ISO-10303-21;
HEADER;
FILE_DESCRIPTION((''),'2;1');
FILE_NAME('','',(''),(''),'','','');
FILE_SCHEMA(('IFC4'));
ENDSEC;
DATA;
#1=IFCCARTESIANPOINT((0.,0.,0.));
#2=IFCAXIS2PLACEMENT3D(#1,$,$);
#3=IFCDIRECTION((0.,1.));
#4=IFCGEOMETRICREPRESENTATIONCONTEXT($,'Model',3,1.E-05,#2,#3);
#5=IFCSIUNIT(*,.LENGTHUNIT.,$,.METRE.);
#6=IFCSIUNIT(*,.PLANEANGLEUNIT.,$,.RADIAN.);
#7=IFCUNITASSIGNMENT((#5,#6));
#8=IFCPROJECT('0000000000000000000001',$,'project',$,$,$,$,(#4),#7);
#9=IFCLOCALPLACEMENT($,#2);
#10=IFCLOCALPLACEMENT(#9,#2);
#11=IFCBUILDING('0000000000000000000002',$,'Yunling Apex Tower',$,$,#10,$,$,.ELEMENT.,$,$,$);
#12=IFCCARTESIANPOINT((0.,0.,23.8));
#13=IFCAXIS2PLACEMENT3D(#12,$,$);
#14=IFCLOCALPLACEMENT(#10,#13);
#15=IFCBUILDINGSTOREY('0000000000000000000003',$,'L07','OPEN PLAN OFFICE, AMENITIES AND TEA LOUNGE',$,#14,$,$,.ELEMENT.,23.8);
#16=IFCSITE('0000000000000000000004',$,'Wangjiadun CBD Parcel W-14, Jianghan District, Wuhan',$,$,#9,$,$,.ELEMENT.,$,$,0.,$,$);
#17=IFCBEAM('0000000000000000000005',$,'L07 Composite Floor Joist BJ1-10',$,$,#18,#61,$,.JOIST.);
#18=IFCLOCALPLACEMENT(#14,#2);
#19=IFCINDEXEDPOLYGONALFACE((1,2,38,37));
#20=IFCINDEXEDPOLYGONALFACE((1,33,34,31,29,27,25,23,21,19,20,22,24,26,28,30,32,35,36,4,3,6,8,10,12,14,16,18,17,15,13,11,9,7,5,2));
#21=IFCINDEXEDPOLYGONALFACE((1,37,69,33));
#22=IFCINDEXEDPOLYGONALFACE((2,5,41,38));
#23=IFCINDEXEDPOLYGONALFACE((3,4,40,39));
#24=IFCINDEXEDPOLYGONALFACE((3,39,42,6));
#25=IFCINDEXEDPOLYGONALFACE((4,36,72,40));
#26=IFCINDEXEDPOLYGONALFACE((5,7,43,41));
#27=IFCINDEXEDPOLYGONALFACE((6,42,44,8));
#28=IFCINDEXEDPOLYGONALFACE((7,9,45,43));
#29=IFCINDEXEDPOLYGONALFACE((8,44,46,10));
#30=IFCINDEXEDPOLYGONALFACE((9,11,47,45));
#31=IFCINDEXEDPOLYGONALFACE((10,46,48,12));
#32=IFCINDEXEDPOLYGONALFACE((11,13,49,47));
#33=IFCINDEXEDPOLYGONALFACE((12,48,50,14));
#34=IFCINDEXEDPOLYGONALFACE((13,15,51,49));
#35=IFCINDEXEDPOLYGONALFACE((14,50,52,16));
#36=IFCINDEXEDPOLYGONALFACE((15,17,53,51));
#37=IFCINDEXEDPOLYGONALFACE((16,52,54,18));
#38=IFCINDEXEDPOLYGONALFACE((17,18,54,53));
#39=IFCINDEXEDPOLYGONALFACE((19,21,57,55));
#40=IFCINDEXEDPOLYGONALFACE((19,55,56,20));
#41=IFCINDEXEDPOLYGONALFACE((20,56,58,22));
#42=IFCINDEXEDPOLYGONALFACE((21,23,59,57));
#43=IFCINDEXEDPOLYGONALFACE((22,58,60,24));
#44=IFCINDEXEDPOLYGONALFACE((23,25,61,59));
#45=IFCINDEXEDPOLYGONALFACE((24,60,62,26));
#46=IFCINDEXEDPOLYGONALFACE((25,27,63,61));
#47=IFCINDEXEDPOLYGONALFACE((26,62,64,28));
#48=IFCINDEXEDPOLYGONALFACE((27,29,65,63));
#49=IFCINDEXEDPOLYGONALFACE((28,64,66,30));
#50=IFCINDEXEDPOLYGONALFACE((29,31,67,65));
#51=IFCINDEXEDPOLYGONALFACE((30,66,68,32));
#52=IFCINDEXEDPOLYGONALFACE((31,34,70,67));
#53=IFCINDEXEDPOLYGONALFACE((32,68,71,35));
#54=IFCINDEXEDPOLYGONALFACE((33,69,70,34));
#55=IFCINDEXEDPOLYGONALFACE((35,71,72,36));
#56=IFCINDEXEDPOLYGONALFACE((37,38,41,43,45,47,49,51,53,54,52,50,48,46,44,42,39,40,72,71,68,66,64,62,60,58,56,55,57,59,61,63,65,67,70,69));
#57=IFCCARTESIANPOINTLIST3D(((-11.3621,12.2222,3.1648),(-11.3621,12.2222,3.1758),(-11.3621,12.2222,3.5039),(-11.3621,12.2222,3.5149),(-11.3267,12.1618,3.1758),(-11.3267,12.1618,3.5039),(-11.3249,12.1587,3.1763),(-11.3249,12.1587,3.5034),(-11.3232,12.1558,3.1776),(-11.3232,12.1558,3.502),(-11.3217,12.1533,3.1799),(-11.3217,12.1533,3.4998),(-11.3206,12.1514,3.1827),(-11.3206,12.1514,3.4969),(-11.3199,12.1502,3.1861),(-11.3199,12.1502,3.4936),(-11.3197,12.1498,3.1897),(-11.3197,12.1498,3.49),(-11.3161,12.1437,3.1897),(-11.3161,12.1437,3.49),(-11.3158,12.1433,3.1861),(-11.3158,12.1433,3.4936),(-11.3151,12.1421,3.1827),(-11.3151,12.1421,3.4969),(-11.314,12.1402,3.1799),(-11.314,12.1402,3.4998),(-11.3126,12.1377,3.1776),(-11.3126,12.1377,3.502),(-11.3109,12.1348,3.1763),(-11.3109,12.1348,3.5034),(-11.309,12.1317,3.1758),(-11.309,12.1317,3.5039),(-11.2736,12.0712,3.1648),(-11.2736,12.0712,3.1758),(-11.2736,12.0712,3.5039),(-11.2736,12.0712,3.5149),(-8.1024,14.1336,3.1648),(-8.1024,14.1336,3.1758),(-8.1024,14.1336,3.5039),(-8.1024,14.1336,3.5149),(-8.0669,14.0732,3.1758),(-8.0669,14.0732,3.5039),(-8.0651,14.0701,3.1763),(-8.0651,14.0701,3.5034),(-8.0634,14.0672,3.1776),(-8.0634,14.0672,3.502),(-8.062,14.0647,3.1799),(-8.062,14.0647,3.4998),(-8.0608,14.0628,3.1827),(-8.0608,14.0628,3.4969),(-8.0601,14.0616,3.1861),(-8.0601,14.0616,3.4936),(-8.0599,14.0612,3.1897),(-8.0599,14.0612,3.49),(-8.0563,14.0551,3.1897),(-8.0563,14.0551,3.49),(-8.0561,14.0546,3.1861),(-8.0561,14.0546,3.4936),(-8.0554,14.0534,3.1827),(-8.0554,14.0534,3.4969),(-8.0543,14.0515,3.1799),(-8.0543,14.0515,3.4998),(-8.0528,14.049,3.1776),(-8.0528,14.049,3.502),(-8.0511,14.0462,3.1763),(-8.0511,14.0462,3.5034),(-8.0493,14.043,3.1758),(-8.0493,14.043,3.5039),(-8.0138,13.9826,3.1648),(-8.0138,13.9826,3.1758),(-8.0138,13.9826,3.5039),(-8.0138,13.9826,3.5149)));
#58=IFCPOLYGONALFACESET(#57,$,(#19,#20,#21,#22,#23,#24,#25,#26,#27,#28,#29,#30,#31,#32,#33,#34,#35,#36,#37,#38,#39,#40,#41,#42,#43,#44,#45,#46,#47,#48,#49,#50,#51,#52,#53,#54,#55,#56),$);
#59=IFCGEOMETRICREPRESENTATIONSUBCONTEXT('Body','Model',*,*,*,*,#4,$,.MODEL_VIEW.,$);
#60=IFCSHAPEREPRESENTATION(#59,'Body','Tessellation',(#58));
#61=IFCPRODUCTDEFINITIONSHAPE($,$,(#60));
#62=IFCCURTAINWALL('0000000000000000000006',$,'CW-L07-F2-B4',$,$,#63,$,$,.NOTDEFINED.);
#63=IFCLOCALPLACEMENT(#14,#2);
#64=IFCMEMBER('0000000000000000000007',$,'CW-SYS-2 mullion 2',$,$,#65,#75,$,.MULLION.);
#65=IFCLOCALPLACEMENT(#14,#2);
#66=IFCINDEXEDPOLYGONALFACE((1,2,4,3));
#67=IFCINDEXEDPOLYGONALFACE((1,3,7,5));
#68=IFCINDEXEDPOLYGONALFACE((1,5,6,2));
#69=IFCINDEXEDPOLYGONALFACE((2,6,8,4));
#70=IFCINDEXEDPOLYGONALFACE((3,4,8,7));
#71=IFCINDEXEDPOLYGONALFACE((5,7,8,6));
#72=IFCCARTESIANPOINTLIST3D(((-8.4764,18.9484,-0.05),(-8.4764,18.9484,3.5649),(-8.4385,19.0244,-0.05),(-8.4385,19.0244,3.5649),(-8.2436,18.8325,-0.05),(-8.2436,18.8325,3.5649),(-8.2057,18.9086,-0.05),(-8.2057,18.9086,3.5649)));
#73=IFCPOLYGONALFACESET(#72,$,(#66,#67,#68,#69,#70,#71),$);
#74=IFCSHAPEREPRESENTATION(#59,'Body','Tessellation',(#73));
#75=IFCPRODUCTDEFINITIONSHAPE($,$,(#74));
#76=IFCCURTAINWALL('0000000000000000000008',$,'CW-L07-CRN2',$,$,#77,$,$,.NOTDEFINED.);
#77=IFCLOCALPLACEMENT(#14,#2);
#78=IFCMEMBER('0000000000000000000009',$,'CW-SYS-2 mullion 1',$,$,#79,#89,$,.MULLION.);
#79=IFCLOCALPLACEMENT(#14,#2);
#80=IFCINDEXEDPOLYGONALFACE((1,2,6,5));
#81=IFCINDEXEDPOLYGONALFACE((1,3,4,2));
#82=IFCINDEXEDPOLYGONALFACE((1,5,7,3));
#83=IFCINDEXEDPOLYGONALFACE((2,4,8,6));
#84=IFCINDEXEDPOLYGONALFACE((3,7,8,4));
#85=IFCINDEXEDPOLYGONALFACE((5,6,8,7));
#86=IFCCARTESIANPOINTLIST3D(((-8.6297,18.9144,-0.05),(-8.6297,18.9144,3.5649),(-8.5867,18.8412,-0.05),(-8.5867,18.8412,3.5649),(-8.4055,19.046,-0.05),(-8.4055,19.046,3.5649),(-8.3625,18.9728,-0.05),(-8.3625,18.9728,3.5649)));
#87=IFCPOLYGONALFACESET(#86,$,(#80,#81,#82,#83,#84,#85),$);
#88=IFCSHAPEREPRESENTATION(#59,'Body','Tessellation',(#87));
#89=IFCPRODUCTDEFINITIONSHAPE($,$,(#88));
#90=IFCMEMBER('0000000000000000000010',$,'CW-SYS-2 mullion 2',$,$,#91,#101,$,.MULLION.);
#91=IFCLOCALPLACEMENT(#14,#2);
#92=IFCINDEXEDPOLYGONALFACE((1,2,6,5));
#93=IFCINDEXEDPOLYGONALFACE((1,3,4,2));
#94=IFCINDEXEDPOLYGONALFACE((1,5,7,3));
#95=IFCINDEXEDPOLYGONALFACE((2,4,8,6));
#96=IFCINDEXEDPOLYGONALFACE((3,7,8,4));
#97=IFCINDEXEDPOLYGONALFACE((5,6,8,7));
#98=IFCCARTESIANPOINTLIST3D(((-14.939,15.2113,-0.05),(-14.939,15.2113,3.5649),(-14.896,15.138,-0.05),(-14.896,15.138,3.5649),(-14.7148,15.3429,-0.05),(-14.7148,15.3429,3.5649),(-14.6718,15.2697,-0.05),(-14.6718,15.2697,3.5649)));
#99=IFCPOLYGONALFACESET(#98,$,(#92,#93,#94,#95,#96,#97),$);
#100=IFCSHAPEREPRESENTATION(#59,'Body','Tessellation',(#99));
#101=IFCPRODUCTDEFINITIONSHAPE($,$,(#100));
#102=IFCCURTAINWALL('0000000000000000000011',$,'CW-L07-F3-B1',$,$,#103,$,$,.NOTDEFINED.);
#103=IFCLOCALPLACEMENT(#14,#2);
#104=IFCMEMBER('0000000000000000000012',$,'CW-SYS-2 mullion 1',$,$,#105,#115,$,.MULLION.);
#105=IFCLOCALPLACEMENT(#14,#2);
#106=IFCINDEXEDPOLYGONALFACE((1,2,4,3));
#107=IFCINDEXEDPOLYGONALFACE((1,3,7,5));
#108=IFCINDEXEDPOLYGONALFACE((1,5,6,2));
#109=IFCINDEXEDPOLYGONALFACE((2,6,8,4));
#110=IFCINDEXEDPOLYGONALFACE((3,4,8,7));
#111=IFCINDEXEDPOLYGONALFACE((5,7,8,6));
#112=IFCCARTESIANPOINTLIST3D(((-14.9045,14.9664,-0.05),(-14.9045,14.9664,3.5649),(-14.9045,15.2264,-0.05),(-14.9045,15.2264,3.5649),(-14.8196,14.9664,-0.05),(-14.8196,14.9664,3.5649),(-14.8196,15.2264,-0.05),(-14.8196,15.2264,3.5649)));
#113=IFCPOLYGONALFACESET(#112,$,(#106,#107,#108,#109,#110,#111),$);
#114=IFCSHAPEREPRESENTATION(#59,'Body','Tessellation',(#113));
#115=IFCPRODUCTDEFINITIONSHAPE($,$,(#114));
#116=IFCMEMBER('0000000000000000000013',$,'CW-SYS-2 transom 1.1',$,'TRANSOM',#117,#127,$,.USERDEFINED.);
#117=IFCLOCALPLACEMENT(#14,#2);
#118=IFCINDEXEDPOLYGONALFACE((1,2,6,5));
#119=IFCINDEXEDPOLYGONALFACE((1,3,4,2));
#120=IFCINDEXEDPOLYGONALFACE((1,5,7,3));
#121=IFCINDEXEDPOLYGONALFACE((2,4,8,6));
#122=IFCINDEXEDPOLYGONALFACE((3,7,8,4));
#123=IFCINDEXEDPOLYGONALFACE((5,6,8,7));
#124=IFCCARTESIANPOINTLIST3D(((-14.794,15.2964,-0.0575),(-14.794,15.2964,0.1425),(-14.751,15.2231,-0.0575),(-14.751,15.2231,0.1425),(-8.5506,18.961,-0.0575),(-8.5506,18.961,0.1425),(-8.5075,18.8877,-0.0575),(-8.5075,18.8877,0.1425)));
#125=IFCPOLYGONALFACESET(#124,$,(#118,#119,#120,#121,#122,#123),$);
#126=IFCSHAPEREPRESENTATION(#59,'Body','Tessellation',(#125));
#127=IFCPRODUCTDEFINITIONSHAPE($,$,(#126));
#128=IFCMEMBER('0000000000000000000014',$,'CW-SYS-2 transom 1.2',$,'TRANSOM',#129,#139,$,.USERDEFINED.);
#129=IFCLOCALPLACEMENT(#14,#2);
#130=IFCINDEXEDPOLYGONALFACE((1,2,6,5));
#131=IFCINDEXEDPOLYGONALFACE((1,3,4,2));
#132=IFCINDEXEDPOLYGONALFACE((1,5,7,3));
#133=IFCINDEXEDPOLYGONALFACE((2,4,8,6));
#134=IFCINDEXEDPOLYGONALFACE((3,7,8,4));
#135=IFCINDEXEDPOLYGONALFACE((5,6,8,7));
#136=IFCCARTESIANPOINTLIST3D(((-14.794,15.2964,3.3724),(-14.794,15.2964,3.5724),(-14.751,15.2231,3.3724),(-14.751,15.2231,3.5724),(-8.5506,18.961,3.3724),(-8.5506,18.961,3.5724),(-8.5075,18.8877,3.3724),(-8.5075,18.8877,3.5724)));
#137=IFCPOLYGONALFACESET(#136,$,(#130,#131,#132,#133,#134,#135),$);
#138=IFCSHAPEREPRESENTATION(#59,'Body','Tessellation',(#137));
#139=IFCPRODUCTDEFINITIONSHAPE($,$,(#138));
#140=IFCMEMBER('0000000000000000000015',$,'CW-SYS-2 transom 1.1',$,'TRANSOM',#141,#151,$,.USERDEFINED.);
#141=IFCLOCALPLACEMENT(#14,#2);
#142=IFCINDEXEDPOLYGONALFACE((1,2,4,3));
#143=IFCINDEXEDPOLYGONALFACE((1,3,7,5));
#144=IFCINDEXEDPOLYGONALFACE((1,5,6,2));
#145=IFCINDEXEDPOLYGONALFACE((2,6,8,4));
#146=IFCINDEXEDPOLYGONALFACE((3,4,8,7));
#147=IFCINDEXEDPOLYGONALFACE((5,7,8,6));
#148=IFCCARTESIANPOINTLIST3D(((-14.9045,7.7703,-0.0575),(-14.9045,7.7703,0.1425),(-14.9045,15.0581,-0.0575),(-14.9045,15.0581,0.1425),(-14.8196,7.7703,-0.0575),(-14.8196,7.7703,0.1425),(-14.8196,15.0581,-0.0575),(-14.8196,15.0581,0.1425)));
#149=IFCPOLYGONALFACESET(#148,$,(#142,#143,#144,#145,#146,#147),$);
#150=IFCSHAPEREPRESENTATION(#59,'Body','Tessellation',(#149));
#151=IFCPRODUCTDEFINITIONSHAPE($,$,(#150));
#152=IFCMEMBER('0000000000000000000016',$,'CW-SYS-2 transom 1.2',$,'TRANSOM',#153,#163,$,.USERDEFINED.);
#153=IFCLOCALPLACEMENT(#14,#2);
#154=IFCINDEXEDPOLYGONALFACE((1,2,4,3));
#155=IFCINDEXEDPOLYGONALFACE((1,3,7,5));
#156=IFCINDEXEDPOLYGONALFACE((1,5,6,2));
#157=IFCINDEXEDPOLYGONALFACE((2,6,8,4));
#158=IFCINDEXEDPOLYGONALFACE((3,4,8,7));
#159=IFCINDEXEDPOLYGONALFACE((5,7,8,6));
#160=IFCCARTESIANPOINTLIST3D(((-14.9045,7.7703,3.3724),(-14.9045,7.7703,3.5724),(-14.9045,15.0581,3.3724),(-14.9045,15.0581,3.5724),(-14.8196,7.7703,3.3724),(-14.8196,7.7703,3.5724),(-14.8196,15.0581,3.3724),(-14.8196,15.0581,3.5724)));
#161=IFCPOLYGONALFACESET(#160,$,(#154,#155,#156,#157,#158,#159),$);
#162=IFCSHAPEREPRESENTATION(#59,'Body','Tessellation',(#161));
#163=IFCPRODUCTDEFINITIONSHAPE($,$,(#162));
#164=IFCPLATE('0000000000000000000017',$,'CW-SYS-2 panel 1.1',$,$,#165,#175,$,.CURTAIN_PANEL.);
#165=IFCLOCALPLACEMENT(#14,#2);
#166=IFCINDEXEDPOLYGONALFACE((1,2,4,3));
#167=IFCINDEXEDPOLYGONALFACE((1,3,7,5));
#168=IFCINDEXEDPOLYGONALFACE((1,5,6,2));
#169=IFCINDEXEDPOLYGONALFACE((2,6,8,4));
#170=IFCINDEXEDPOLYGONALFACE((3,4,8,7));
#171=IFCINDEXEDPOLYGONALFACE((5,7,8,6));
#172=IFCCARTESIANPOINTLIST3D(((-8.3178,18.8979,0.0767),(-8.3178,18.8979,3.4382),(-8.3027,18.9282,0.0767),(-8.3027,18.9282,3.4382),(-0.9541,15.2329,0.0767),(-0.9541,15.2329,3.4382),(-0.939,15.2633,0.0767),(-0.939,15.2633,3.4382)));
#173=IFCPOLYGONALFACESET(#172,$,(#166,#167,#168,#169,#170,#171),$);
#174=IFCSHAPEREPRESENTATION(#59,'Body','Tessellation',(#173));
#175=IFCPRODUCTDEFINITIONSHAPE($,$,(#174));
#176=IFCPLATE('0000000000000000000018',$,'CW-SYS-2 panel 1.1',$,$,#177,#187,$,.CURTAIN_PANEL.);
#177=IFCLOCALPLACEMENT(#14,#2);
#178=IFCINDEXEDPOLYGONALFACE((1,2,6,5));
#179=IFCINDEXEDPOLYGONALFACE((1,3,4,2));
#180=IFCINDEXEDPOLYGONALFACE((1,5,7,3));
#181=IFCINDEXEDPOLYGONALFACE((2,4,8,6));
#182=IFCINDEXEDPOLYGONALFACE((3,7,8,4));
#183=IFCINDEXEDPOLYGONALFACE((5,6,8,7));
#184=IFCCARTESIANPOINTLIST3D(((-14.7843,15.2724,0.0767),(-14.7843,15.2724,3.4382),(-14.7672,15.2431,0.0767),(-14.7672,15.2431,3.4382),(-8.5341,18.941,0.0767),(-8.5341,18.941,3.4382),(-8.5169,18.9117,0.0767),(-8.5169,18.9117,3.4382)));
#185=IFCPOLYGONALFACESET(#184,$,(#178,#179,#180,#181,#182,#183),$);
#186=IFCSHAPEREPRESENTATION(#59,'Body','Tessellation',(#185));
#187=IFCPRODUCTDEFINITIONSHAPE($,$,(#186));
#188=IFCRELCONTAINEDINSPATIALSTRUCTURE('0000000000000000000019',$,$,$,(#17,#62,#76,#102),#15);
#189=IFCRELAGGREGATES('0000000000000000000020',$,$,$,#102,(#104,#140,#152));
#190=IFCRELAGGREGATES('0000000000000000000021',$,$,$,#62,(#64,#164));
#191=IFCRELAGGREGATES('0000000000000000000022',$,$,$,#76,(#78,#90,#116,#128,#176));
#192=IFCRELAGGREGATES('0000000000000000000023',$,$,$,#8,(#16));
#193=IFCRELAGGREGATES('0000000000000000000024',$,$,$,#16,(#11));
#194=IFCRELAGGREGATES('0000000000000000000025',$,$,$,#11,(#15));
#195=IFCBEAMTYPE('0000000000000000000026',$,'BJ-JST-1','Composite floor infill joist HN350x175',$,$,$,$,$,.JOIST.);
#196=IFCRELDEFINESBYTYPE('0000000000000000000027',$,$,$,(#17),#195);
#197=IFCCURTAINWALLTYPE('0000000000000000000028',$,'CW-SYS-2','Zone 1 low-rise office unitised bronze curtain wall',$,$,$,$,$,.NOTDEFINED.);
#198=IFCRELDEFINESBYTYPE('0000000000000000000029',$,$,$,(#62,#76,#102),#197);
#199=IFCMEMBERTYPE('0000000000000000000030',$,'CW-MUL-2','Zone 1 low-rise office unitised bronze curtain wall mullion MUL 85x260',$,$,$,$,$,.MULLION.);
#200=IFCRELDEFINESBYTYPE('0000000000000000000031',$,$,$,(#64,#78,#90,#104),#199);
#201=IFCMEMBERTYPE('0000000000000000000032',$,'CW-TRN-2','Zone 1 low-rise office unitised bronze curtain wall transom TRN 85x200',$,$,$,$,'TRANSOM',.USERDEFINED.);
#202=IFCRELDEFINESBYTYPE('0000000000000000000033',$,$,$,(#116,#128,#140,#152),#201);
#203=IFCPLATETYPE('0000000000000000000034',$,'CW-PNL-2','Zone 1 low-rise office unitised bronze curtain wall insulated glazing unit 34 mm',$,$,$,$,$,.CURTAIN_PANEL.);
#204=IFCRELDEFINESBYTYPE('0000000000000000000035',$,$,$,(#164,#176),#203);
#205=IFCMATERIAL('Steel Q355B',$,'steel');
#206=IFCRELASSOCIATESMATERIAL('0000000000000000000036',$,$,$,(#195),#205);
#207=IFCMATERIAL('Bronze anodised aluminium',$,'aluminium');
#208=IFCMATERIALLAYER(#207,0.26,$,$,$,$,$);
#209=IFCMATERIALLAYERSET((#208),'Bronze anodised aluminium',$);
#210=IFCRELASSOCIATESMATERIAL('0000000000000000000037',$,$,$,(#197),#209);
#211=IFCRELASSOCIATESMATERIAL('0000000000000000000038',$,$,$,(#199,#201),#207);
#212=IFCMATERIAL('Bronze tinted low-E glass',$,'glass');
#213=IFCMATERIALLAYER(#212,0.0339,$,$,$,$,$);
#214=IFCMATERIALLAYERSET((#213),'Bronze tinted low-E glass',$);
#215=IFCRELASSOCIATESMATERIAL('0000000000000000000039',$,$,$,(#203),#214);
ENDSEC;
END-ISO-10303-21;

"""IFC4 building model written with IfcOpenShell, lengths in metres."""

from ifc_helpers import new_model, si_unit, direction, frame, origin, origin_2d, place, context, subcontext, project, spatial, rectangle, i_section, extrude, source, transform, mapped, material, layer, layer_set, material_profile, profile_set, type_object, element, aggregate, save


model = new_model("IFC4")

# Units and contexts
model_context = context("Model", 3, precision=1e-05, world=origin(), true_north=direction((0.0, 1.0)))
body_context = subcontext(model_context, "Body", "Model", "MODEL_VIEW")
ifc_project = project(units=[si_unit("LENGTHUNIT", "METRE"), si_unit("PLANEANGLEUNIT", "RADIAN")], contexts=[model_context])

# Site, building, storey
site_placement = place(None, origin())
site = spatial("IfcSite", under=ifc_project, at=site_placement, Name="Wangjiadun CBD Parcel W-14, Jianghan District, Wuhan", CompositionType="ELEMENT", RefElevation=0.0)
building_placement = place(site_placement, origin())
building = spatial("IfcBuilding", under=site, at=building_placement, Name="Yunling Apex Tower", CompositionType="ELEMENT")
storey_placement = place(building_placement, frame((0.0, 0.0, 23.8)))
storey = spatial("IfcBuildingStorey", under=building, at=storey_placement, Name="L07", Description="OPEN PLAN OFFICE, AMENITIES AND TEA LOUNGE", CompositionType="ELEMENT", Elevation=23.8)

# Beam
ifc_material_1 = material(Name="Steel Q355B", Category="steel")
ifc_material_profile_1 = material_profile(ifc_material_1, i_section(OverallWidth=0.175, OverallDepth=0.3501, WebThickness=0.0071, FlangeThickness=0.011, FilletRadius=0.0139, at=origin_2d()))
ifc_profile_set_1 = profile_set([ifc_material_profile_1], Name="Steel Q355B")
beam_type_1 = type_object("IfcBeamType", Name="BJ-JST-1", Description="Composite floor infill joist HN350x175", PredefinedType="JOIST", material=ifc_profile_set_1)
shared_shape_1 = source(origin(), body_context, "Body", "SweptSolid", [
    extrude(i_section(OverallWidth=0.175, OverallDepth=0.3501, WebThickness=0.0071, FlangeThickness=0.011, FilletRadius=0.0139, at=origin_2d()), origin(), (0.0, 0.0, 1.0), 3.7788),
])
beam_1_placement = place(storey_placement, frame((-8.0581, 14.0581, 3.3398), z_axis=(-0.862643, -0.505814, 0.0), x_axis=(0.505814, -0.862643, 0.0)))
element("IfcBeam", 1, at=beam_1_placement, inside=storey, type_object=beam_type_1, Name="L07 Composite Floor Joist BJ1-10", PredefinedType="JOIST", context=body_context, shape_type="MappedRepresentation", body=[
    mapped(shared_shape_1, transform((0.0, 0.0, 0.0), scale=1.0)),
])

# Curtain wall, member
ifc_material_2 = material(Name="Bronze anodised aluminium", Category="aluminium")
ifc_layer_1 = layer(ifc_material_2, 0.26)
ifc_layer_set_1 = layer_set([ifc_layer_1], Name="Bronze anodised aluminium")
curtain_wall_type = type_object("IfcCurtainWallType", Name="CW-SYS-2", Description="Zone 1 low-rise office unitised bronze curtain wall", PredefinedType="NOTDEFINED", material=ifc_layer_set_1)
curtain_wall_1_placement = place(storey_placement, origin())
curtain_wall_1 = element("IfcCurtainWall", 2, at=curtain_wall_1_placement, inside=storey, type_object=curtain_wall_type, Name="CW-L07-F2-B4", PredefinedType="NOTDEFINED")
ifc_material_profile_2 = material_profile(ifc_material_2, rectangle(XDim=0.085, YDim=0.26, at=origin_2d()))
ifc_profile_set_2 = profile_set([ifc_material_profile_2], Name="Bronze anodised aluminium")
member_type_1 = type_object("IfcMemberType", Name="CW-MUL-2", Description="Zone 1 low-rise office unitised bronze curtain wall mullion MUL 85x260", PredefinedType="MULLION", material=ifc_profile_set_2)
shared_shape_2 = source(origin(), body_context, "Body", "SweptSolid", [
    extrude(rectangle(XDim=0.085, YDim=0.26, at=origin_2d()), origin(), (0.0, 0.0, 1.0), 3.615),
])
member_1_placement = place(storey_placement, frame((-8.3411, 18.9285, -0.05), z_axis=(0.0, 0.0, 1.0), x_axis=(-0.445571, -0.895247, 0.0)))
member_1 = element("IfcMember", 3, at=member_1_placement, type_object=member_type_1, Name="CW-SYS-2 mullion 2", PredefinedType="MULLION", context=body_context, shape_type="MappedRepresentation", body=[
    mapped(shared_shape_2, transform((0.0, 0.0, 0.0), scale=1.0)),
])

# Curtain wall, members
curtain_wall_2_placement = place(storey_placement, origin())
curtain_wall_2 = element("IfcCurtainWall", 4, at=curtain_wall_2_placement, inside=storey, type_object=curtain_wall_type, Name="CW-L07-CRN2", PredefinedType="NOTDEFINED")
member_2_placement = place(storey_placement, frame((-8.4961, 18.9436, -0.05), z_axis=(0.0, 0.0, 1.0), x_axis=(0.506196, -0.862419, 0.0)))
member_2 = element("IfcMember", 5, at=member_2_placement, type_object=member_type_1, Name="CW-SYS-2 mullion 1", PredefinedType="MULLION", context=body_context, shape_type="MappedRepresentation", body=[
    mapped(shared_shape_2, transform((0.0, 0.0, 0.0), scale=1.0)),
])
member_3_placement = place(storey_placement, frame((-14.8054, 15.2405, -0.05), z_axis=(0.0, 0.0, 1.0), x_axis=(0.506196, -0.862419, 0.0)))
member_3 = element("IfcMember", 6, at=member_3_placement, type_object=member_type_1, Name="CW-SYS-2 mullion 2", PredefinedType="MULLION", context=body_context, shape_type="MappedRepresentation", body=[
    mapped(shared_shape_2, transform((0.0, 0.0, 0.0), scale=1.0)),
])

# Curtain wall, member
curtain_wall_3_placement = place(storey_placement, origin())
curtain_wall_3 = element("IfcCurtainWall", 7, at=curtain_wall_3_placement, inside=storey, type_object=curtain_wall_type, Name="CW-L07-F3-B1", PredefinedType="NOTDEFINED")
member_4_placement = place(storey_placement, frame((-14.8621, 15.0964, -0.05), z_axis=(0.0, 0.0, 1.0), x_axis=(1.0, 0.0, 0.0)))
member_4 = element("IfcMember", 8, at=member_4_placement, type_object=member_type_1, Name="CW-SYS-2 mullion 1", PredefinedType="MULLION", context=body_context, shape_type="MappedRepresentation", body=[
    mapped(shared_shape_2, transform((0.0, 0.0, 0.0), scale=1.0)),
])

# Members
ifc_material_profile_3 = material_profile(ifc_material_2, rectangle(XDim=0.085, YDim=0.2, at=origin_2d()))
ifc_profile_set_3 = profile_set([ifc_material_profile_3], Name="Bronze anodised aluminium")
member_type_2 = type_object("IfcMemberType", Name="CW-TRN-2", Description="Zone 1 low-rise office unitised bronze curtain wall transom TRN 85x200", ElementType="TRANSOM", PredefinedType="USERDEFINED", material=ifc_profile_set_3)
shared_shape_3 = source(origin(), body_context, "Body", "SweptSolid", [
    extrude(rectangle(XDim=0.085, YDim=0.2, at=origin_2d()), origin(), (0.0, 0.0, 1.0), 7.2395),
])
member_5_placement = place(storey_placement, frame((-8.5291, 18.9243, 0.0425), z_axis=(-0.862419, -0.506195, 0.0), x_axis=(0.506195, -0.862419, 0.0)))
member_5 = element("IfcMember", 9, at=member_5_placement, type_object=member_type_2, Name="CW-SYS-2 transom 1.1", ObjectType="TRANSOM", PredefinedType="USERDEFINED", context=body_context, shape_type="MappedRepresentation", body=[
    mapped(shared_shape_3, transform((0.0, 0.0, 0.0), scale=1.0)),
])
member_6_placement = place(storey_placement, frame((-8.5291, 18.9243, 3.4724), z_axis=(-0.862419, -0.506195, 0.0), x_axis=(0.506195, -0.862419, 0.0)))
member_6 = element("IfcMember", 10, at=member_6_placement, type_object=member_type_2, Name="CW-SYS-2 transom 1.2", ObjectType="TRANSOM", PredefinedType="USERDEFINED", context=body_context, shape_type="MappedRepresentation", body=[
    mapped(shared_shape_3, transform((0.0, 0.0, 0.0), scale=1.0)),
])
shared_shape_4 = source(origin(), body_context, "Body", "SweptSolid", [
    extrude(rectangle(XDim=0.085, YDim=0.2, at=origin_2d()), origin(), (0.0, 0.0, 1.0), 7.2878),
])
member_7_placement = place(storey_placement, frame((-14.8621, 15.0581, 0.0425), z_axis=(0.0, -1.0, 0.0), x_axis=(1.0, 0.0, 0.0)))
member_7 = element("IfcMember", 11, at=member_7_placement, type_object=member_type_2, Name="CW-SYS-2 transom 1.1", ObjectType="TRANSOM", PredefinedType="USERDEFINED", context=body_context, shape_type="MappedRepresentation", body=[
    mapped(shared_shape_4, transform((0.0, 0.0, 0.0), scale=1.0)),
])
member_8_placement = place(storey_placement, frame((-14.8621, 15.0581, 3.4724), z_axis=(0.0, -1.0, 0.0), x_axis=(1.0, 0.0, 0.0)))
member_8 = element("IfcMember", 12, at=member_8_placement, type_object=member_type_2, Name="CW-SYS-2 transom 1.2", ObjectType="TRANSOM", PredefinedType="USERDEFINED", context=body_context, shape_type="MappedRepresentation", body=[
    mapped(shared_shape_4, transform((0.0, 0.0, 0.0), scale=1.0)),
])
aggregate(curtain_wall_3, [member_4, member_7, member_8])

# Plates
ifc_material_3 = material(Name="Bronze tinted low-E glass", Category="glass")
ifc_layer_2 = layer(ifc_material_3, 0.0339)
ifc_layer_set_2 = layer_set([ifc_layer_2], Name="Bronze tinted low-E glass")
plate_type = type_object("IfcPlateType", Name="CW-PNL-2", Description="Zone 1 low-rise office unitised bronze curtain wall insulated glazing unit 34 mm", PredefinedType="CURTAIN_PANEL", material=ifc_layer_set_2)
shared_shape_5 = source(origin(), body_context, "Body", "SweptSolid", [
    extrude(rectangle(XDim=8.2253, YDim=0.0339, at=origin_2d()), origin(), (0.0, 0.0, 1.0), 3.3616),
])
plate_1_placement = place(storey_placement, frame((-4.6284, 17.0806, 0.0767), z_axis=(0.0, 0.0, 1.0), x_axis=(-0.895247, 0.445571, 0.0)))
plate_1 = element("IfcPlate", 13, at=plate_1_placement, type_object=plate_type, Name="CW-SYS-2 panel 1.1", PredefinedType="CURTAIN_PANEL", context=body_context, shape_type="MappedRepresentation", body=[
    mapped(shared_shape_5, transform((0.0, 0.0, 0.0), scale=1.0)),
])
aggregate(curtain_wall_1, [member_1, plate_1])
shared_shape_6 = source(origin(), body_context, "Body", "SweptSolid", [
    extrude(rectangle(XDim=7.2473, YDim=0.0339, at=origin_2d()), origin(), (0.0, 0.0, 1.0), 3.3616),
])
plate_2_placement = place(storey_placement, frame((-11.6506, 17.092, 0.0767), z_axis=(0.0, 0.0, 1.0), x_axis=(-0.862419, -0.506196, 0.0)))
plate_2 = element("IfcPlate", 14, at=plate_2_placement, type_object=plate_type, Name="CW-SYS-2 panel 1.1", PredefinedType="CURTAIN_PANEL", context=body_context, shape_type="MappedRepresentation", body=[
    mapped(shared_shape_6, transform((0.0, 0.0, 0.0), scale=1.0)),
])
aggregate(curtain_wall_2, [member_2, member_3, member_5, member_6, plate_2])

save(model, "model.ifc")
